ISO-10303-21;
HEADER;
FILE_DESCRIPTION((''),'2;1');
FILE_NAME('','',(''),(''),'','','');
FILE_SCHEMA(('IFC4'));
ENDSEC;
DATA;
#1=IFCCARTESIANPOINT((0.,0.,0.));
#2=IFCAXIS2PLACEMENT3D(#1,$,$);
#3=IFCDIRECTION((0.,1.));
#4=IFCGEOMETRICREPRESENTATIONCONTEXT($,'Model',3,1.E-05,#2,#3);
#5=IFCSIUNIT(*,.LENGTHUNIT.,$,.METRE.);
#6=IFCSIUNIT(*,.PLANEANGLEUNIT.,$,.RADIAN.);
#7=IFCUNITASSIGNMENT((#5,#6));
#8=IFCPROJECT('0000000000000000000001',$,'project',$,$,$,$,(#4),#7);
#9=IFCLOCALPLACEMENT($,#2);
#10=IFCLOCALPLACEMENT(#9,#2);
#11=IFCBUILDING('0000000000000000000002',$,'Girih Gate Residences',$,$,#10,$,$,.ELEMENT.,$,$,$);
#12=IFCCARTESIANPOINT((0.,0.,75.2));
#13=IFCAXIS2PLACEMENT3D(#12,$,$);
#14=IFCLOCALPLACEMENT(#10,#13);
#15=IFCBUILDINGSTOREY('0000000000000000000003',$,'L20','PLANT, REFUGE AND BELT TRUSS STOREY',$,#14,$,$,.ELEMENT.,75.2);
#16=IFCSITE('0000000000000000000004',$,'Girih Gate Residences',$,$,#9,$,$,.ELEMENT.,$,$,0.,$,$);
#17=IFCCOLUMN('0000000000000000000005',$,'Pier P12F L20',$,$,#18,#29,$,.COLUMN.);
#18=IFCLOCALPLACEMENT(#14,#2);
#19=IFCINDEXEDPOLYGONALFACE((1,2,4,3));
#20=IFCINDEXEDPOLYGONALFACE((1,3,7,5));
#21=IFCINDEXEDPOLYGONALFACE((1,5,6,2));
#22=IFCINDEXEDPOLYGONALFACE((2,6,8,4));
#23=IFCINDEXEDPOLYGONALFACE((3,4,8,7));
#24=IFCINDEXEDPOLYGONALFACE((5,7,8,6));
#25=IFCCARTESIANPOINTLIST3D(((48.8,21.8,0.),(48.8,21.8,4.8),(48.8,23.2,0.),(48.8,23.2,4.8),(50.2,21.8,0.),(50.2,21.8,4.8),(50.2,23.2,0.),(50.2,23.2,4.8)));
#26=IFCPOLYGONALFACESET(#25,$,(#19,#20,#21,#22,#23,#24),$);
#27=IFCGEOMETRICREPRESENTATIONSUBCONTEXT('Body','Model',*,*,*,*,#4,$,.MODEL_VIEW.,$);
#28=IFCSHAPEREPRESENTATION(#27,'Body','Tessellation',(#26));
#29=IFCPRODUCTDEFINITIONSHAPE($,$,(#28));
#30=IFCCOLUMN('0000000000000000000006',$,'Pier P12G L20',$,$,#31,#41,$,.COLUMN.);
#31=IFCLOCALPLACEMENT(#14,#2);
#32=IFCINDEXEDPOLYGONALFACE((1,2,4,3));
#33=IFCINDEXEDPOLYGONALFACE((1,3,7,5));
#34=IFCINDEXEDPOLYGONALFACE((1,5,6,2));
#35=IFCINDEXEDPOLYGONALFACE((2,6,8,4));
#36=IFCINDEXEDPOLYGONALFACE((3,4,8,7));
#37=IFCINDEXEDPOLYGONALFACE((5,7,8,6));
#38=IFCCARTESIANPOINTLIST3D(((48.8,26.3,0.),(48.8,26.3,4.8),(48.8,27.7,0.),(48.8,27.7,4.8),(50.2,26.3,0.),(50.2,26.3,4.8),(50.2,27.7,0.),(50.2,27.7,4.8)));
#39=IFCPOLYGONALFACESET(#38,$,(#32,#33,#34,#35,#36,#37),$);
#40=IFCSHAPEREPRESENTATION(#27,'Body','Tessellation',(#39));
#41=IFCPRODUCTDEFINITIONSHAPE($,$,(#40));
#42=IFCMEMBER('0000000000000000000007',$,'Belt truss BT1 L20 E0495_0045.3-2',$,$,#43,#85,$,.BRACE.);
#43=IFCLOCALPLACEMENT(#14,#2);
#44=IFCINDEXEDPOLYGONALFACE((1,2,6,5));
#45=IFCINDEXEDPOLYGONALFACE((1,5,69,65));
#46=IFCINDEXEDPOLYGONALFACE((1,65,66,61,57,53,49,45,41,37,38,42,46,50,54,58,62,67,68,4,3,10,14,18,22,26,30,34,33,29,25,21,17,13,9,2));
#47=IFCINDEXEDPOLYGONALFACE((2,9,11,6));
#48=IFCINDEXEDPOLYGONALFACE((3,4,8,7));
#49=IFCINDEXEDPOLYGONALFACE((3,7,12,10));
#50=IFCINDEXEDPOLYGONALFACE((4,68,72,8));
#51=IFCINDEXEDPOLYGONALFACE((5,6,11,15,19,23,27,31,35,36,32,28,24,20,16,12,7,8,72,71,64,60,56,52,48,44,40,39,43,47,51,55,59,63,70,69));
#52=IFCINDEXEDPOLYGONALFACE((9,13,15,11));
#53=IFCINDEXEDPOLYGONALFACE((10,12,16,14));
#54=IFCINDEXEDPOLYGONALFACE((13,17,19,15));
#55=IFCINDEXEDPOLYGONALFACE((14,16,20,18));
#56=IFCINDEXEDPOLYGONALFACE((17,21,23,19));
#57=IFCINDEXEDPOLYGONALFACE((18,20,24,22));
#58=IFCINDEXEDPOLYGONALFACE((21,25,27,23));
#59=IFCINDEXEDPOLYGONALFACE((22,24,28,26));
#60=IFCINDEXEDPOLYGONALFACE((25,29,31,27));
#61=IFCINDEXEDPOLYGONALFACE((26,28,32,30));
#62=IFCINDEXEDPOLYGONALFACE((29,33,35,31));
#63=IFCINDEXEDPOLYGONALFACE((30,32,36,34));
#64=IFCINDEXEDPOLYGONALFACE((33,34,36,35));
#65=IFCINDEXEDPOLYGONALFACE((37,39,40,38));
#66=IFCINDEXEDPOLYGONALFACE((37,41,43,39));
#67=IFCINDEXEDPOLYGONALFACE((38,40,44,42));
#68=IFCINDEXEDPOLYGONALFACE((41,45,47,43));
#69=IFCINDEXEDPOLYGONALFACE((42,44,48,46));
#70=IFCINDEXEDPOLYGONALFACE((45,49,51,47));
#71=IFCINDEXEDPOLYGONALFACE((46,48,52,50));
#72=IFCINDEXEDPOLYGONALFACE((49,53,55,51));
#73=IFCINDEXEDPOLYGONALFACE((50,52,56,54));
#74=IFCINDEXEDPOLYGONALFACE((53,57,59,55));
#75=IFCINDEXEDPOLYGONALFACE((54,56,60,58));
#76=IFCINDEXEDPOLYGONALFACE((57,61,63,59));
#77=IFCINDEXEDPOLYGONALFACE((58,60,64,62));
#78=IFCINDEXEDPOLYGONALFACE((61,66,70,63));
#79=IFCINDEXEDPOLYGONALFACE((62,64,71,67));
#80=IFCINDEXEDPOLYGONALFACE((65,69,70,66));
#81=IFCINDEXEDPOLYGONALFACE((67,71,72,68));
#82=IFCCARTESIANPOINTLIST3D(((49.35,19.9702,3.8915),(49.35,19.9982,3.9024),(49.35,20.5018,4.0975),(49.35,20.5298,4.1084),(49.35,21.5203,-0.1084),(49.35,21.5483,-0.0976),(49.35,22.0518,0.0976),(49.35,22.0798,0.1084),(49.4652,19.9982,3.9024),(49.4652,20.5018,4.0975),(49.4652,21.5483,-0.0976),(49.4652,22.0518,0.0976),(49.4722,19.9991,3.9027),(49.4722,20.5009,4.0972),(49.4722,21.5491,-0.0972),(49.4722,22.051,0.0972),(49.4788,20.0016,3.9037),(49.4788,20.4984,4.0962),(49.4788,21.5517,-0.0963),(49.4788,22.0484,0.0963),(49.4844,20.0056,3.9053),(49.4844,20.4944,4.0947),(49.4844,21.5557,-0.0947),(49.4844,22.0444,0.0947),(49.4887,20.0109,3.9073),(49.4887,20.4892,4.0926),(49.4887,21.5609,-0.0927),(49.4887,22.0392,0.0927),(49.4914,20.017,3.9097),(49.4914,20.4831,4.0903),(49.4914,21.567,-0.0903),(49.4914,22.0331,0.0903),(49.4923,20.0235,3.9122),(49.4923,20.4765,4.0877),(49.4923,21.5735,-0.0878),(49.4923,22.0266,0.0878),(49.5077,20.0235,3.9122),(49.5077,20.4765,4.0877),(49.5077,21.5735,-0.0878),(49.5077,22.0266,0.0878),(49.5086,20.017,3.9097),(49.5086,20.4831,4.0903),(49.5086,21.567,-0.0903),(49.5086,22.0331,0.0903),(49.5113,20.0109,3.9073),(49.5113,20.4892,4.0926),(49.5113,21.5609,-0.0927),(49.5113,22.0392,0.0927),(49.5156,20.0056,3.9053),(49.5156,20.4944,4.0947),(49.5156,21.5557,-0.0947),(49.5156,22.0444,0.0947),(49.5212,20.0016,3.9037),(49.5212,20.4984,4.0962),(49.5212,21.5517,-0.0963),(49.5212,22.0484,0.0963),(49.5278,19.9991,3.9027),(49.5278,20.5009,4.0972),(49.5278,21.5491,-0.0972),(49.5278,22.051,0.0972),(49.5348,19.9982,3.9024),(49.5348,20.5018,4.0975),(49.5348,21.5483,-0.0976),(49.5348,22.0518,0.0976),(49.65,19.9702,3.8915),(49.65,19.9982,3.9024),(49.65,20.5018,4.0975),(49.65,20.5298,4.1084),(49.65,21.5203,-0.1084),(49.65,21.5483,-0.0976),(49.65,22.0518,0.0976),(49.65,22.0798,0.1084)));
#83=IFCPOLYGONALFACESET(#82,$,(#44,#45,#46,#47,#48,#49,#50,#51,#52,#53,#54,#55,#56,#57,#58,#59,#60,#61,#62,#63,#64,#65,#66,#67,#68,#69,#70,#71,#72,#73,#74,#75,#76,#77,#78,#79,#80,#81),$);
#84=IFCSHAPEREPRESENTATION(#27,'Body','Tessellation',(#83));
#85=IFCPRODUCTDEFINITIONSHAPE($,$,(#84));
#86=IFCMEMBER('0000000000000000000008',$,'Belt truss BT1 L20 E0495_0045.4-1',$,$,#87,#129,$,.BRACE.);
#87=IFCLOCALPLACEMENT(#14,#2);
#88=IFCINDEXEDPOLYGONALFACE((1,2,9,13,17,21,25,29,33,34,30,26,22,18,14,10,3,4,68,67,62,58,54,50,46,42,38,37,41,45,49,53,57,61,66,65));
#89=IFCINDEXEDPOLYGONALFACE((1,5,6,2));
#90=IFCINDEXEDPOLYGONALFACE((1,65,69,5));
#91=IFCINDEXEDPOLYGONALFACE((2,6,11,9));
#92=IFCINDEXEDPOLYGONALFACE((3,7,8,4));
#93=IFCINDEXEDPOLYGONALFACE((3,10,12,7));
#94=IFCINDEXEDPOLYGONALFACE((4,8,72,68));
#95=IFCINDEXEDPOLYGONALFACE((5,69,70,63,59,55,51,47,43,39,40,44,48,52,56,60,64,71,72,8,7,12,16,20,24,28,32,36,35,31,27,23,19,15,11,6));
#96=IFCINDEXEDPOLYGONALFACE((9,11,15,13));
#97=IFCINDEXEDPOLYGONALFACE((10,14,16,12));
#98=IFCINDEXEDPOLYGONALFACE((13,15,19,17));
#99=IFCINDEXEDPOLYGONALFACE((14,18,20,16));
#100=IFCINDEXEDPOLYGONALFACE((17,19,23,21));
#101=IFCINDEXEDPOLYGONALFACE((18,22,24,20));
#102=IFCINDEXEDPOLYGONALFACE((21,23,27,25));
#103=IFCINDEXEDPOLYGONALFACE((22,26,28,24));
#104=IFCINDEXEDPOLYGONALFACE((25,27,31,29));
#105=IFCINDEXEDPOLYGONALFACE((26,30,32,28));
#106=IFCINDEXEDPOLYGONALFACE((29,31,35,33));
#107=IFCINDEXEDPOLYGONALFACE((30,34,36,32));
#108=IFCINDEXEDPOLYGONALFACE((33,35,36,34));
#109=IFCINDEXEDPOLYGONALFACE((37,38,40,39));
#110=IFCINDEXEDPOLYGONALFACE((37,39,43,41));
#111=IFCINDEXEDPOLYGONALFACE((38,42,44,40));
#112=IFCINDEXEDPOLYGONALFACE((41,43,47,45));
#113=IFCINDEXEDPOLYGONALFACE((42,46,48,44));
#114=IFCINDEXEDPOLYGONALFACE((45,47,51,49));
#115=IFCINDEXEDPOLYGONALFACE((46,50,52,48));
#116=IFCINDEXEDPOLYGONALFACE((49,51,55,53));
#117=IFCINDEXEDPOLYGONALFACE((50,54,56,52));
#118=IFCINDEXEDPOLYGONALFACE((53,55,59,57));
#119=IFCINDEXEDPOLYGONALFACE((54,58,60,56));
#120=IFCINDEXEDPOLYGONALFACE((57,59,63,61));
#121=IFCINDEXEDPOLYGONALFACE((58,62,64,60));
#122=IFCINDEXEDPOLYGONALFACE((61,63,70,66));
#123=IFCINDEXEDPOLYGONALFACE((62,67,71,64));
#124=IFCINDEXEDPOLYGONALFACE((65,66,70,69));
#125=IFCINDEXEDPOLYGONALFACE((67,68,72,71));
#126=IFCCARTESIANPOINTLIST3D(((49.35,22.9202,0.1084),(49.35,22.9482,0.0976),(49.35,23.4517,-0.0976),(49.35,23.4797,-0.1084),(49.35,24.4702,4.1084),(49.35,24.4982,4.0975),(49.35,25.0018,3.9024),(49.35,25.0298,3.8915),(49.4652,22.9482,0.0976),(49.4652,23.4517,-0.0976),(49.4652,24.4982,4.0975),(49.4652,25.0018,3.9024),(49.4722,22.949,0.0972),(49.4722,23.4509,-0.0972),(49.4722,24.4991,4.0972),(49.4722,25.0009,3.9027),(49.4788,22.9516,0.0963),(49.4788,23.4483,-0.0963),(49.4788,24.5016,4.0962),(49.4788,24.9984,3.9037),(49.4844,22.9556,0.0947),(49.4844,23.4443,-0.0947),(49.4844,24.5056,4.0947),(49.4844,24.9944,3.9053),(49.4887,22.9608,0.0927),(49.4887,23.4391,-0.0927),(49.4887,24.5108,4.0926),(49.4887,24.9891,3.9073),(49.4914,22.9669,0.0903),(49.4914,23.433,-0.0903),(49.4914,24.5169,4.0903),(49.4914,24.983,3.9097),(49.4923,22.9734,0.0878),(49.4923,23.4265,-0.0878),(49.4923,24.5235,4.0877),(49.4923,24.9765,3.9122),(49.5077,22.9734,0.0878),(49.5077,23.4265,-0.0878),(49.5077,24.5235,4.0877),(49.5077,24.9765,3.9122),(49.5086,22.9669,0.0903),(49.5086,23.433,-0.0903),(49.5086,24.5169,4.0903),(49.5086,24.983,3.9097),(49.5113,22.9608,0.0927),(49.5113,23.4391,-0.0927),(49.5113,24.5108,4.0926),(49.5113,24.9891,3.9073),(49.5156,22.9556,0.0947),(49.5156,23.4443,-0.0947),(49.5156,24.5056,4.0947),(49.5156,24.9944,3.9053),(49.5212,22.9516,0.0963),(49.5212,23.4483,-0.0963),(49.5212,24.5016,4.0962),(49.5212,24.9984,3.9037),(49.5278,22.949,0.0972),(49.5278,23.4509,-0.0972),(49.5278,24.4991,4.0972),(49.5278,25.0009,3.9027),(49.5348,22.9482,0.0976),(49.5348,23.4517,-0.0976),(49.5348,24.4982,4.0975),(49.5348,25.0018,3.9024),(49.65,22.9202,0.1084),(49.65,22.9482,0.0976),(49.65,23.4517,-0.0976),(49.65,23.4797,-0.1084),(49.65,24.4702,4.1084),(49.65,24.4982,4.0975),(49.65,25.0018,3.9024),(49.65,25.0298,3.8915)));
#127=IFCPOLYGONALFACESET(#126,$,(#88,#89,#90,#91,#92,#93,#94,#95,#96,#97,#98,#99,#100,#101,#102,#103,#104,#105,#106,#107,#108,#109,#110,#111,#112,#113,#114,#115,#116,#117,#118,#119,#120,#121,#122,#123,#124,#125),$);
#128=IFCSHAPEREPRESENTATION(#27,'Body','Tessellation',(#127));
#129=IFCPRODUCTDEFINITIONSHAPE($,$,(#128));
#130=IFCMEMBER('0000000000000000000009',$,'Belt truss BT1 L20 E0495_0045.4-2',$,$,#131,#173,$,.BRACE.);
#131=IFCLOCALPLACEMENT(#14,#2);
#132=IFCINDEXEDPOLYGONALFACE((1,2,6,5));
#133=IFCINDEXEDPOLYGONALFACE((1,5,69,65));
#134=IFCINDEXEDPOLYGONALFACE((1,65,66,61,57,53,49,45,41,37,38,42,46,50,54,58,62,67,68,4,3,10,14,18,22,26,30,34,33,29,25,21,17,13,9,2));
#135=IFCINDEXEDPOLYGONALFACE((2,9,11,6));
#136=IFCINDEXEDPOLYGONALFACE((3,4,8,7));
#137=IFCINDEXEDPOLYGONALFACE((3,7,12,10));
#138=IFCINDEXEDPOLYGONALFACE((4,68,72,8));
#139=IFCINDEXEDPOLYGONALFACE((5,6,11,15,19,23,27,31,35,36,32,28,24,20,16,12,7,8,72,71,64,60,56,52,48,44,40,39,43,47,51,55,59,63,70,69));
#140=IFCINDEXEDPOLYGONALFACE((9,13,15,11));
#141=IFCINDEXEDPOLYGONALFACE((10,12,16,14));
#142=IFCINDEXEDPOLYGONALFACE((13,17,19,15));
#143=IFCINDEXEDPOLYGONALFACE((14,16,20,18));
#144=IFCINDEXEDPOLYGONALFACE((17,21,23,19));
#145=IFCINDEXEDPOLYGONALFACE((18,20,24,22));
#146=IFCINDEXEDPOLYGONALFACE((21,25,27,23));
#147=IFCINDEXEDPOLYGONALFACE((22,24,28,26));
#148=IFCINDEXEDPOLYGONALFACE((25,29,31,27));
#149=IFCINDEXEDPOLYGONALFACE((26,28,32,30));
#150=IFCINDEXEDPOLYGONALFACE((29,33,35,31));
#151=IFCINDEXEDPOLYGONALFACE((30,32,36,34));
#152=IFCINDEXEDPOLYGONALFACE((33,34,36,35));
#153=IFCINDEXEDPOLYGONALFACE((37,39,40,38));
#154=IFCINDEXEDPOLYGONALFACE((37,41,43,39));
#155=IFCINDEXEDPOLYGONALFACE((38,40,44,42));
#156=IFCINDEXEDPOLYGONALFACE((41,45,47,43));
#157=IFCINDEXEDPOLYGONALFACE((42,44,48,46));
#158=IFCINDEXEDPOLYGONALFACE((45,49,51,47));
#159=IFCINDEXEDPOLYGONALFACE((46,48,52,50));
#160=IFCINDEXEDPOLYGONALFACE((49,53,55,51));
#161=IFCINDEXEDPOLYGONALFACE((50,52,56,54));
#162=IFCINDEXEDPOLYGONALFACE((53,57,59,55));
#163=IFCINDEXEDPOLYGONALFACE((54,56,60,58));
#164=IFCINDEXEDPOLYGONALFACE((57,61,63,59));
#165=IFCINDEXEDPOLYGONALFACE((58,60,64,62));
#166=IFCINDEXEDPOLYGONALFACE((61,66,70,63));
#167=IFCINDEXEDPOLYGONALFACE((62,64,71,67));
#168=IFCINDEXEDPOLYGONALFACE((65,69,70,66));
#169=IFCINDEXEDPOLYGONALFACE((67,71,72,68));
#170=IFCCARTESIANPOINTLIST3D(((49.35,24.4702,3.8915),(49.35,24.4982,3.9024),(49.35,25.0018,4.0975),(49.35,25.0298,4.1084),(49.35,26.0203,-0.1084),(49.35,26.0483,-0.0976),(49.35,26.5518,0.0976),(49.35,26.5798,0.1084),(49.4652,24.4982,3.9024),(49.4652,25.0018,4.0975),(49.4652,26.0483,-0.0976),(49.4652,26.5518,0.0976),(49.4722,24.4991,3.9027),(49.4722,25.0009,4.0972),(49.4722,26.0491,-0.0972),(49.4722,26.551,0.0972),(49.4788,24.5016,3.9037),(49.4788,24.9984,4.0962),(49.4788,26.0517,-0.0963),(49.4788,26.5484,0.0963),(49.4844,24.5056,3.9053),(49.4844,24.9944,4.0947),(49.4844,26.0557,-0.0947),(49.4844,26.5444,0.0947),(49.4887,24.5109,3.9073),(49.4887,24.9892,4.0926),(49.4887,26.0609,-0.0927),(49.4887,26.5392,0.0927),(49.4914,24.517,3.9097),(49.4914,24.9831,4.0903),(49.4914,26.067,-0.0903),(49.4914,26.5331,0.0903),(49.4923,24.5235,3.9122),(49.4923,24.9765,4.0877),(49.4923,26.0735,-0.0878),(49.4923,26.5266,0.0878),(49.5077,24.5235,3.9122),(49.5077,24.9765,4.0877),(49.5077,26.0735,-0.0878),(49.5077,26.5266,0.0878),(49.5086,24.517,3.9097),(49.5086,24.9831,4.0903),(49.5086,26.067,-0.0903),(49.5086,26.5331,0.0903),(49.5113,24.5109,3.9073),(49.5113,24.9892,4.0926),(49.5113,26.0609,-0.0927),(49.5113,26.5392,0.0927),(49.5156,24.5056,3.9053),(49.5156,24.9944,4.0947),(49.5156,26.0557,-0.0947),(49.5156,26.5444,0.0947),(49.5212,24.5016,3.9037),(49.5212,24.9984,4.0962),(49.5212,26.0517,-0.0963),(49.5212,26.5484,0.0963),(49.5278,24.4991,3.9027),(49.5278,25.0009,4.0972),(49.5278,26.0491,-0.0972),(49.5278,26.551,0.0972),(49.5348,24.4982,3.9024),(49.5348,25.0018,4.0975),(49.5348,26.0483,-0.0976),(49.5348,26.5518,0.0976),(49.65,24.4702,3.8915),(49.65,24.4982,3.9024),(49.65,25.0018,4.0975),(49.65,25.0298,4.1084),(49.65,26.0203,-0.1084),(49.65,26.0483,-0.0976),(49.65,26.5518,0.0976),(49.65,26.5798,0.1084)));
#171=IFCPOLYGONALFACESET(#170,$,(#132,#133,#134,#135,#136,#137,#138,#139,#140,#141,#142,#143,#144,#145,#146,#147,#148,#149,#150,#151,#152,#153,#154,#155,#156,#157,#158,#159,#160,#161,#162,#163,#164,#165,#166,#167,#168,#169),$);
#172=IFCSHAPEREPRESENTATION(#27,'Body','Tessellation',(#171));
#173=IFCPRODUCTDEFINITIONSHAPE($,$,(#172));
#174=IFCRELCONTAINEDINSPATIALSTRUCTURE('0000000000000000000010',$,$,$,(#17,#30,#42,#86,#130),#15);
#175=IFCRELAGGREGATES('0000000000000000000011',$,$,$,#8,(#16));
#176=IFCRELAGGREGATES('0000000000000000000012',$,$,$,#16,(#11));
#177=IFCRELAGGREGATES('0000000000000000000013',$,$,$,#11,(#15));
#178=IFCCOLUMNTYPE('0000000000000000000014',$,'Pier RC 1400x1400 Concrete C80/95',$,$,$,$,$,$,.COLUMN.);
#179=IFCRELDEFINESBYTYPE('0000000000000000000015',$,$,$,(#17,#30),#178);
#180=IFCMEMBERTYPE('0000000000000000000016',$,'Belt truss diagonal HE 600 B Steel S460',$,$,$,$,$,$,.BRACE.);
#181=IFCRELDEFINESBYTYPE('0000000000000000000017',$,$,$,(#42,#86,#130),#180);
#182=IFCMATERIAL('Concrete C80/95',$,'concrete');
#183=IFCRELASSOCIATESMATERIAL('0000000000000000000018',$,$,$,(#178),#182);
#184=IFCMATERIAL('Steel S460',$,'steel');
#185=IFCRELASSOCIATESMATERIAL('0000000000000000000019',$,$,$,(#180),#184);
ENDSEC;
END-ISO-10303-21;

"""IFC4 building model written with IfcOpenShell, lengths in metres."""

from ifc_helpers import new_model, si_unit, direction, frame, origin, origin_2d, place, context, subcontext, project, spatial, rectangle, i_section, extrude, material, material_profile, profile_set, type_object, element, save


model = new_model("IFC4")

# Units and contexts
model_context = context("Model", 3, precision=1e-05, world=origin(), true_north=direction((0.0, 1.0)))
body_context = subcontext(model_context, "Body", "Model", "MODEL_VIEW")
ifc_project = project(units=[si_unit("LENGTHUNIT", "METRE"), si_unit("PLANEANGLEUNIT", "RADIAN")], contexts=[model_context])

# Site, building, storey
site_placement = place(None, origin())
site = spatial("IfcSite", under=ifc_project, at=site_placement, Name="Girih Gate Residences", CompositionType="ELEMENT", RefElevation=0.0)
building_placement = place(site_placement, origin())
building = spatial("IfcBuilding", under=site, at=building_placement, Name="Girih Gate Residences", CompositionType="ELEMENT")
storey_placement = place(building_placement, frame((0.0, 0.0, 75.2)))
storey = spatial("IfcBuildingStorey", under=building, at=storey_placement, Name="L20", Description="PLANT, REFUGE AND BELT TRUSS STOREY", CompositionType="ELEMENT", Elevation=75.2)

# Columns
ifc_material_1 = material(Name="Concrete C80/95", Category="concrete")
ifc_material_profile_1 = material_profile(ifc_material_1, rectangle(XDim=1.3999, YDim=1.3999, at=origin_2d()))
ifc_profile_set_1 = profile_set([ifc_material_profile_1], Name="Concrete C80/95")
column_type = type_object("IfcColumnType", Name="Pier RC 1400x1400 Concrete C80/95", PredefinedType="COLUMN", material=ifc_profile_set_1)
for number, where, z_axis, x_axis, name in (
    (1, (49.5, 22.5, 0.0), (0.0, 0.0, 1.0), (1.0, 0.0, 0.0), "Pier P12F L20"),
    (2, (49.5, 27.0, 0.0), (0.0, 0.0, 1.0), (1.0, 0.0, 0.0), "Pier P12G L20"),
):
    element("IfcColumn", number, at=place(storey_placement, frame(where, z_axis=z_axis, x_axis=x_axis)), inside=storey, type_object=column_type, Name=name, PredefinedType="COLUMN", context=body_context, shape_type="SweptSolid", body=[
        extrude(rectangle(XDim=1.3999, YDim=1.3999, at=origin_2d()), origin(), (0.0, 0.0, 1.0), 4.8),
    ])

# Members
ifc_material_2 = material(Name="Steel S460", Category="steel")
ifc_material_profile_2 = material_profile(ifc_material_2, i_section(OverallWidth=0.3, OverallDepth=0.6001, WebThickness=0.0154, FlangeThickness=0.03, FilletRadius=0.0271, at=origin_2d()))
ifc_profile_set_2 = profile_set([ifc_material_profile_2], Name="Steel S460")
member_type = type_object("IfcMemberType", Name="Belt truss diagonal HE 600 B Steel S460", PredefinedType="BRACE", material=ifc_profile_set_2)
for number, where, z_axis, x_axis, name in (
    (3, (49.5, 21.8, 0.0), (0.0, -0.361331, 0.932438), (1.0, 0.0, 0.0), "Belt truss BT1 L20 E0495_0045.3-2"),
    (4, (49.5, 23.2, 0.0), (0.0, 0.361331, 0.932438), (-1.0, 0.0, 0.0), "Belt truss BT1 L20 E0495_0045.4-1"),
    (5, (49.5, 26.3, 0.0), (0.0, -0.361331, 0.932438), (1.0, 0.0, 0.0), "Belt truss BT1 L20 E0495_0045.4-2"),
):
    element("IfcMember", number, at=place(storey_placement, frame(where, z_axis=z_axis, x_axis=x_axis)), inside=storey, type_object=member_type, Name=name, PredefinedType="BRACE", context=body_context, shape_type="SweptSolid", body=[
        extrude(i_section(OverallWidth=0.3, OverallDepth=0.6001, WebThickness=0.0154, FlangeThickness=0.03, FilletRadius=0.0271, at=origin_2d()), origin(), (0.0, 0.0, 1.0), 4.2898),
    ])

save(model, "model.ifc")
